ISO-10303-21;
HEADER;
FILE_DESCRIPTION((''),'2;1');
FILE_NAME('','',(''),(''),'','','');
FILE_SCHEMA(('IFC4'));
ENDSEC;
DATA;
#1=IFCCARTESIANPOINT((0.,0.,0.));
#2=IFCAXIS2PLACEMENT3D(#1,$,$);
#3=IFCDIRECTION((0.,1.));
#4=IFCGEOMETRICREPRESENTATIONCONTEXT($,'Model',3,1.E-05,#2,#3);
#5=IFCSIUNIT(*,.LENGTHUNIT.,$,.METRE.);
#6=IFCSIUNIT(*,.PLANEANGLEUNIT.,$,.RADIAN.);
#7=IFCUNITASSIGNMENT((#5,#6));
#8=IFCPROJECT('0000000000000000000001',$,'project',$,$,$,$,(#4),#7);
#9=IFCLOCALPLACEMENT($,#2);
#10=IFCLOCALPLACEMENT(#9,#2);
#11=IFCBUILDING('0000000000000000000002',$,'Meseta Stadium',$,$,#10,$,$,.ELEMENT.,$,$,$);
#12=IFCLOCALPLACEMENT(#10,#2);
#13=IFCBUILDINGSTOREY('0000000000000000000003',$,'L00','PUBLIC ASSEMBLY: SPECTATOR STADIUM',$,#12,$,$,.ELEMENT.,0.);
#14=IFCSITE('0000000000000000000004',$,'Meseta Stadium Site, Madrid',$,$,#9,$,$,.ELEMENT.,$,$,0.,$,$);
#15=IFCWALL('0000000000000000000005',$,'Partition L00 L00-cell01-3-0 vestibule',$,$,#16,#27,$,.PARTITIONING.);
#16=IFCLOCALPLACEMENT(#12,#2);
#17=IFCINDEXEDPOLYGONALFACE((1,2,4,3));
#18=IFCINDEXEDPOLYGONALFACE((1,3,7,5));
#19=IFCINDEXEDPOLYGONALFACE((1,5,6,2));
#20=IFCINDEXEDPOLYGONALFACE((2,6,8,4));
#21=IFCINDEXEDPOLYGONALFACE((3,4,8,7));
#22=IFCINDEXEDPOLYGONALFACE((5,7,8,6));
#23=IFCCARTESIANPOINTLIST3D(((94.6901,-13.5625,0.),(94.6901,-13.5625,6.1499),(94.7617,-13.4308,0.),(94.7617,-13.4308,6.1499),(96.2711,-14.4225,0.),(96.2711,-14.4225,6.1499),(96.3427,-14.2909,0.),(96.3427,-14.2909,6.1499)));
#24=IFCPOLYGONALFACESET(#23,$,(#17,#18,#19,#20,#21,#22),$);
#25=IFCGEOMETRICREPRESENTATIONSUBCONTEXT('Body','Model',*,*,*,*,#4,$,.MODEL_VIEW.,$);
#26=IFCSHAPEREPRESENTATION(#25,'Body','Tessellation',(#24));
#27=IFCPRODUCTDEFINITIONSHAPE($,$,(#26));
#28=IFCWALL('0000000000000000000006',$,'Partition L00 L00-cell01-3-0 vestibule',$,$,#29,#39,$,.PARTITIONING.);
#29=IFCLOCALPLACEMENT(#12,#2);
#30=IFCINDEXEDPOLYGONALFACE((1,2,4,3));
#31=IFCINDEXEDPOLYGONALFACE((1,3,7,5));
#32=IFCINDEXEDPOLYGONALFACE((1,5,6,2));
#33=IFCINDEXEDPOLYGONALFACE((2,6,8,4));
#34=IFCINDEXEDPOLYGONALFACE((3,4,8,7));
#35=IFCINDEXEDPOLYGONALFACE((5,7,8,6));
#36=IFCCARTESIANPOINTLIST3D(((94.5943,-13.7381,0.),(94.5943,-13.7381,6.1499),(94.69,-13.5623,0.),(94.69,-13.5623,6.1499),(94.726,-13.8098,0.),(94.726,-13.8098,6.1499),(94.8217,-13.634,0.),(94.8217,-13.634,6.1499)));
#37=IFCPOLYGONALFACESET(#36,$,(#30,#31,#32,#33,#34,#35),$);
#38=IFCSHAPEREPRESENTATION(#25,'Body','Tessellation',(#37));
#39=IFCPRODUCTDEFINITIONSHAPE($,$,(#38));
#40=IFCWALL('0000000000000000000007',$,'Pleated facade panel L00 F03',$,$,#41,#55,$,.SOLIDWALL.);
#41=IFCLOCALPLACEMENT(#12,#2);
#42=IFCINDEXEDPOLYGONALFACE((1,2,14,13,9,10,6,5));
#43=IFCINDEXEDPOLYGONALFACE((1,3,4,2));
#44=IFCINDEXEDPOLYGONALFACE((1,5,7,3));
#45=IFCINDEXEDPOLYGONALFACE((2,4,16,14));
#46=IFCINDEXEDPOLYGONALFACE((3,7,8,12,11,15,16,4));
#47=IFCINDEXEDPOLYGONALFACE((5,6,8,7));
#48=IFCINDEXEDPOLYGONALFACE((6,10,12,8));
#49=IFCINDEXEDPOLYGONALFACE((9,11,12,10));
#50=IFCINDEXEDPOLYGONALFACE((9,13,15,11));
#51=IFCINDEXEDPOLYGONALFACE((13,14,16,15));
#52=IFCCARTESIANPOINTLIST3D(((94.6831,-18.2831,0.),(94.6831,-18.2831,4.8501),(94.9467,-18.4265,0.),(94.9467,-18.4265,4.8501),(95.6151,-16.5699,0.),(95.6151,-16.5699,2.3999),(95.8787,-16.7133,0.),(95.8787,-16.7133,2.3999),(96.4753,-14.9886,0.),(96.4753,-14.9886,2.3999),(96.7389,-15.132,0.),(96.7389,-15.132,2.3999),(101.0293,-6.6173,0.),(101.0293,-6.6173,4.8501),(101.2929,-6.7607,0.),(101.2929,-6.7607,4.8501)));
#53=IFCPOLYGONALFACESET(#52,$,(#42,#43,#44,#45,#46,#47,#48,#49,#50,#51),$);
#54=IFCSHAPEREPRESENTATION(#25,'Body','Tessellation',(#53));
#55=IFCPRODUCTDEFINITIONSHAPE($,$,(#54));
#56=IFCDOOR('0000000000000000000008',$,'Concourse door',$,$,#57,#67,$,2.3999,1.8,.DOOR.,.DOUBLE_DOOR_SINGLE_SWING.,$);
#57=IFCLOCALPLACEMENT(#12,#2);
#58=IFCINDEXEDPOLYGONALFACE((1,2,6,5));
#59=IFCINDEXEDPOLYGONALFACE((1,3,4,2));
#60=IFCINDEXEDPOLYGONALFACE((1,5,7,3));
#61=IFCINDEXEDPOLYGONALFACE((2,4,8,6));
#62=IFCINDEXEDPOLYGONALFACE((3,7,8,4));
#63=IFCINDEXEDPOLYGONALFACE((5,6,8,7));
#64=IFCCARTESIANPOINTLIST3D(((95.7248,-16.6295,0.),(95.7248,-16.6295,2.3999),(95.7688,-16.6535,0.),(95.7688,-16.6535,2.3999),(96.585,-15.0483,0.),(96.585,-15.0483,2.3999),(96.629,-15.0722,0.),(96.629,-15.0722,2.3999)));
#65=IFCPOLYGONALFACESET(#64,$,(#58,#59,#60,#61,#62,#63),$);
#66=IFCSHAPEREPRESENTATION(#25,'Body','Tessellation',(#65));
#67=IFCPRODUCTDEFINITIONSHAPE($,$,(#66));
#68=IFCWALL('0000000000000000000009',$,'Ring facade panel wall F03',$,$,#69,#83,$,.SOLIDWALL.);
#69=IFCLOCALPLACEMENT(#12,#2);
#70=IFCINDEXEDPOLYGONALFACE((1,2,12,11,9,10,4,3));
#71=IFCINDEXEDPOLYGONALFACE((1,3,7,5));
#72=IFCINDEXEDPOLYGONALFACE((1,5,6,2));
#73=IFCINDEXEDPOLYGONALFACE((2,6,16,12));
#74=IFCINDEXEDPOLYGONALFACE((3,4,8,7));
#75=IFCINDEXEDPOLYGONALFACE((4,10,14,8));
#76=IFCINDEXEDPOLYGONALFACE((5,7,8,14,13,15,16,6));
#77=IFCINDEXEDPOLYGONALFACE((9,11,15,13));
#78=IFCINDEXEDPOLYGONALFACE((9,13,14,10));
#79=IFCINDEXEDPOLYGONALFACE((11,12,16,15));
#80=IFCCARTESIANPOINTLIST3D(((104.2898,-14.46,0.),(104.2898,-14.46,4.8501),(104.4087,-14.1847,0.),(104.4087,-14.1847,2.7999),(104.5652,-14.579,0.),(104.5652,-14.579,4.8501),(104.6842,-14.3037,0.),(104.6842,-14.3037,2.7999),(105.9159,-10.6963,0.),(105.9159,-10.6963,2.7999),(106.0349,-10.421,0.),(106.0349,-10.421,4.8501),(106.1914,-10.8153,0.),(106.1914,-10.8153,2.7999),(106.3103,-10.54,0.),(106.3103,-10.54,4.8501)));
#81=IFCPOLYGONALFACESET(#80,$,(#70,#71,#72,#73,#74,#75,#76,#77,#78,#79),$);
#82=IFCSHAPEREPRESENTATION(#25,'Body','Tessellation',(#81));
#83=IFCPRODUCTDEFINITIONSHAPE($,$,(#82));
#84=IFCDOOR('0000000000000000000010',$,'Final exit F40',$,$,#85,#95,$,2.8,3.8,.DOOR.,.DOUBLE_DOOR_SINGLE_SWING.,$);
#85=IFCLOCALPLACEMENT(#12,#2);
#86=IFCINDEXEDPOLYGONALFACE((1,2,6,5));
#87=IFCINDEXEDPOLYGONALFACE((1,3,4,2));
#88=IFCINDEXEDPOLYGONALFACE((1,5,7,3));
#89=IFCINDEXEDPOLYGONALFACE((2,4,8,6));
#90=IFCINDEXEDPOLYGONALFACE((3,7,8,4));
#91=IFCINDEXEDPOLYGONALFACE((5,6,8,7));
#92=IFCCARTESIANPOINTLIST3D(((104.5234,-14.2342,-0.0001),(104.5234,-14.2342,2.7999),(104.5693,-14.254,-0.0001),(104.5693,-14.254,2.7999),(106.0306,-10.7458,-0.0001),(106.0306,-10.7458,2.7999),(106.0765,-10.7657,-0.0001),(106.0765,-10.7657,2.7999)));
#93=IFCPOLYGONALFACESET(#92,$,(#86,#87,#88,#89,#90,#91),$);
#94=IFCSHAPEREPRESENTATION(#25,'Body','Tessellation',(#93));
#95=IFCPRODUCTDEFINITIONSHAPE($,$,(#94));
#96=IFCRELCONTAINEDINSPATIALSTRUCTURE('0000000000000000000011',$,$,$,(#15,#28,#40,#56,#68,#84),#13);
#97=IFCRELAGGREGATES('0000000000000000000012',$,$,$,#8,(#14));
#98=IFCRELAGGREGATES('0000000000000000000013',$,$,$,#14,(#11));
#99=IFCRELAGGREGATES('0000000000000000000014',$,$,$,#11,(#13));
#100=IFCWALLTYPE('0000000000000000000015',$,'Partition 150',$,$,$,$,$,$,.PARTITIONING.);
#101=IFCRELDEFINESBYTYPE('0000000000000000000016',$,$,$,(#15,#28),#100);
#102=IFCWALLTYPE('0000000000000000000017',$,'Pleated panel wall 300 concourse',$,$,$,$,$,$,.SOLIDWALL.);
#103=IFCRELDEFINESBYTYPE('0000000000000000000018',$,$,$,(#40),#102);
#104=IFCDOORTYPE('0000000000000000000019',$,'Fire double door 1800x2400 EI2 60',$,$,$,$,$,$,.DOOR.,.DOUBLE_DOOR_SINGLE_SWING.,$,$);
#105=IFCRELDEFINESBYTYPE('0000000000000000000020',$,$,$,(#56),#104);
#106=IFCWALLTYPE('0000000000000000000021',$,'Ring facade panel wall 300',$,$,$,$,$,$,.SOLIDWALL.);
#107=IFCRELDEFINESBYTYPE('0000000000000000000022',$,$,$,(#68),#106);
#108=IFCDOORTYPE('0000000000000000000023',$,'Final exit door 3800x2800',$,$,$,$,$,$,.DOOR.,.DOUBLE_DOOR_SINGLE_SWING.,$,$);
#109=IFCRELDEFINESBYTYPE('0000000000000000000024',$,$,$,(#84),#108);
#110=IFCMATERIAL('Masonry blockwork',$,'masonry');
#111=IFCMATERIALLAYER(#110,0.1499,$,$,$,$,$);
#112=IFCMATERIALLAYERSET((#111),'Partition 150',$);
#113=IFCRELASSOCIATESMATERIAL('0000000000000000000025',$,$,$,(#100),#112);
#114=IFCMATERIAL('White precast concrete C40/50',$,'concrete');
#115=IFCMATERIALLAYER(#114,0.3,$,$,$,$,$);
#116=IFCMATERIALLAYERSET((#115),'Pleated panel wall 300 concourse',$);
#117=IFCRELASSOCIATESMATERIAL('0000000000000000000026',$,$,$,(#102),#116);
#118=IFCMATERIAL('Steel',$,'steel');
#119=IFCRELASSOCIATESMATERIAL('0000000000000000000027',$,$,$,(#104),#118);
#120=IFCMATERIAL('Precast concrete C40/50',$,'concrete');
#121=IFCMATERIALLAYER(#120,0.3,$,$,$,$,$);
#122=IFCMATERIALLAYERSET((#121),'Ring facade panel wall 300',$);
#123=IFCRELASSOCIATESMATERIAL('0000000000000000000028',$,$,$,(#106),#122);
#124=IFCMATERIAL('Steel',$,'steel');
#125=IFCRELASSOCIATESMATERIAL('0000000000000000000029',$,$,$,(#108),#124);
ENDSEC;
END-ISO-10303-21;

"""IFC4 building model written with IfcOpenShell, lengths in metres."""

from ifc_helpers import new_model, si_unit, direction, frame, frame_2d, origin, place, context, subcontext, project, spatial, rectangle, extrude, material, layer, layer_set, type_object, element, fill, save


model = new_model("IFC4")

# Units and contexts
model_context = context("Model", 3, precision=1e-05, world=origin(), true_north=direction((0.0, 1.0)))
body_context = subcontext(model_context, "Body", "Model", "MODEL_VIEW")
ifc_project = project(units=[si_unit("LENGTHUNIT", "METRE"), si_unit("PLANEANGLEUNIT", "RADIAN")], contexts=[model_context])

# Site, building, storey
site_placement = place(None, origin())
site = spatial("IfcSite", under=ifc_project, at=site_placement, Name="Meseta Stadium Site, Madrid", CompositionType="ELEMENT", RefElevation=0.0)
building_placement = place(site_placement, origin())
building = spatial("IfcBuilding", under=site, at=building_placement, Name="Meseta Stadium", CompositionType="ELEMENT")
storey_placement = place(building_placement, origin())
storey = spatial("IfcBuildingStorey", under=building, at=storey_placement, Name="L00", Description="PUBLIC ASSEMBLY: SPECTATOR STADIUM", CompositionType="ELEMENT", Elevation=0.0)

# Walls
ifc_material_1 = material(Name="Masonry blockwork", Category="masonry")
ifc_layer_1 = layer(ifc_material_1, 0.1499)
ifc_layer_set_1 = layer_set([ifc_layer_1], Name="Partition 150")
wall_type_1 = type_object("IfcWallType", Name="Partition 150", PredefinedType="PARTITIONING", material=ifc_layer_set_1)
wall_1_placement = place(storey_placement, frame((96.3069, -14.3567, 0.0), z_axis=(0.0, 0.0, 1.0), x_axis=(-0.878429, 0.477873, 0.0)))
element("IfcWall", 1, at=wall_1_placement, inside=storey, type_object=wall_type_1, Name="Partition L00 L00-cell01-3-0 vestibule", PredefinedType="PARTITIONING", context=body_context, shape_type="SweptSolid", body=[
    extrude(rectangle(XDim=1.7998, YDim=0.1499, at=frame_2d((0.8999, 0.0))), origin(), (0.0, 0.0, 1.0), 6.1499),
])
wall_2_placement = place(storey_placement, frame((94.7559, -13.5981, 0.0), z_axis=(0.0, 0.0, 1.0), x_axis=(-0.478168, -0.878268, 0.0)))
element("IfcWall", 2, at=wall_2_placement, inside=storey, type_object=wall_type_1, Name="Partition L00 L00-cell01-3-0 vestibule", PredefinedType="PARTITIONING", context=body_context, shape_type="SweptSolid", body=[
    extrude(rectangle(XDim=0.2002, YDim=0.1499, at=frame_2d((0.1001, 0.0))), origin(), (0.0, 0.0, 1.0), 6.1499),
])

# Walls, openings, doors
ifc_material_2 = material(Name="White precast concrete C40/50", Category="concrete")
ifc_layer_2 = layer(ifc_material_2, 0.3)
ifc_layer_set_2 = layer_set([ifc_layer_2], Name="Pleated panel wall 300 concourse")
wall_type_2 = type_object("IfcWallType", Name="Pleated panel wall 300 concourse", PredefinedType="SOLIDWALL", material=ifc_layer_set_2)
wall_3_placement = place(storey_placement, frame((101.1611, -6.689, 0.0), z_axis=(0.0, 0.0, 1.0), x_axis=(-0.477868, -0.878432, 0.0)))
wall_3 = element("IfcWall", 3, at=wall_3_placement, inside=storey, type_object=wall_type_2, Name="Pleated facade panel L00 F03", PredefinedType="SOLIDWALL", context=body_context, shape_type="SweptSolid", body=[
    extrude(rectangle(XDim=13.2803, YDim=0.3, at=frame_2d((6.6401, 0.0))), origin(), (0.0, 0.0, 1.0), 4.8501),
])
opening_1_placement = place(wall_3_placement, frame((9.53, 0.0, 0.0)))
opening_1 = element("IfcOpeningElement", 4, at=opening_1_placement, cuts=wall_3, PredefinedType="OPENING", context=body_context, shape_type="SweptSolid", body=[
    extrude(rectangle(XDim=1.8, YDim=2.3999, at=frame_2d((0.8999, 1.2))), frame((0.0, 0.1599, 0.0), z_axis=(0.0, -1.0, 0.0), x_axis=(1.0, 0.0, 0.0)), (0.0, 0.0, 1.0), 0.3201),
])
ifc_material_3 = material(Name="Steel", Category="steel")
door_type_1 = type_object("IfcDoorType", Name="Fire double door 1800x2400 EI2 60", OperationType="DOUBLE_DOOR_SINGLE_SWING", PredefinedType="DOOR", material=ifc_material_3)
door_1_placement = place(opening_1_placement, origin())
door_1 = element("IfcDoor", 5, at=door_1_placement, inside=storey, type_object=door_type_1, Name="Concourse door", OperationType="DOUBLE_DOOR_SINGLE_SWING", OverallHeight=2.3999, OverallWidth=1.8, PredefinedType="DOOR", context=body_context, shape_type="SweptSolid", body=[
    extrude(rectangle(XDim=1.8, YDim=2.3999, at=frame_2d((0.8999, 1.2))), frame((0.0, 0.0249, 0.0), z_axis=(0.0, -1.0, 0.0), x_axis=(1.0, 0.0, 0.0)), (0.0, 0.0, 1.0), 0.05),
])
fill(opening_1, door_1)
ifc_material_4 = material(Name="Precast concrete C40/50", Category="concrete")
ifc_layer_3 = layer(ifc_material_4, 0.3)
ifc_layer_set_3 = layer_set([ifc_layer_3], Name="Ring facade panel wall 300")
wall_type_3 = type_object("IfcWallType", Name="Ring facade panel wall 300", PredefinedType="SOLIDWALL", material=ifc_layer_set_3)
wall_4_placement = place(storey_placement, frame((106.1726, -10.4805, 0.0), z_axis=(0.0, 0.0, 1.0), x_axis=(-0.396623, -0.917982, 0.0)))
wall_4 = element("IfcWall", 6, at=wall_4_placement, inside=storey, type_object=wall_type_3, Name="Ring facade panel wall F03", PredefinedType="SOLIDWALL", context=body_context, shape_type="SweptSolid", body=[
    extrude(rectangle(XDim=4.3999, YDim=0.3, at=frame_2d((2.2, 0.0))), origin(), (0.0, 0.0, 1.0), 4.8501),
])
opening_2_placement = place(wall_4_placement, frame((0.3, 0.0, 0.0)))
opening_2 = element("IfcOpeningElement", 7, at=opening_2_placement, cuts=wall_4, PredefinedType="OPENING", context=body_context, shape_type="SweptSolid", body=[
    extrude(rectangle(XDim=3.8, YDim=2.8, at=frame_2d((1.8999, 1.3999))), frame((0.0, 0.1599, 0.0), z_axis=(0.0, -1.0, 0.0), x_axis=(1.0, 0.0, 0.0)), (0.0, 0.0, 1.0), 0.3201),
])
ifc_material_5 = material(Name="Steel", Category="steel")
door_type_2 = type_object("IfcDoorType", Name="Final exit door 3800x2800", OperationType="DOUBLE_DOOR_SINGLE_SWING", PredefinedType="DOOR", material=ifc_material_5)
door_2_placement = place(opening_2_placement, origin())
door_2 = element("IfcDoor", 8, at=door_2_placement, inside=storey, type_object=door_type_2, Name="Final exit F40", OperationType="DOUBLE_DOOR_SINGLE_SWING", OverallHeight=2.8, OverallWidth=3.8, PredefinedType="DOOR", context=body_context, shape_type="SweptSolid", body=[
    extrude(rectangle(XDim=3.8, YDim=2.8, at=frame_2d((1.8999, 1.3999))), frame((0.0, 0.0249, 0.0), z_axis=(0.0, -1.0, 0.0), x_axis=(1.0, 0.0, 0.0)), (0.0, 0.0, 1.0), 0.05),
])
fill(opening_2, door_2)

save(model, "model.ifc")
